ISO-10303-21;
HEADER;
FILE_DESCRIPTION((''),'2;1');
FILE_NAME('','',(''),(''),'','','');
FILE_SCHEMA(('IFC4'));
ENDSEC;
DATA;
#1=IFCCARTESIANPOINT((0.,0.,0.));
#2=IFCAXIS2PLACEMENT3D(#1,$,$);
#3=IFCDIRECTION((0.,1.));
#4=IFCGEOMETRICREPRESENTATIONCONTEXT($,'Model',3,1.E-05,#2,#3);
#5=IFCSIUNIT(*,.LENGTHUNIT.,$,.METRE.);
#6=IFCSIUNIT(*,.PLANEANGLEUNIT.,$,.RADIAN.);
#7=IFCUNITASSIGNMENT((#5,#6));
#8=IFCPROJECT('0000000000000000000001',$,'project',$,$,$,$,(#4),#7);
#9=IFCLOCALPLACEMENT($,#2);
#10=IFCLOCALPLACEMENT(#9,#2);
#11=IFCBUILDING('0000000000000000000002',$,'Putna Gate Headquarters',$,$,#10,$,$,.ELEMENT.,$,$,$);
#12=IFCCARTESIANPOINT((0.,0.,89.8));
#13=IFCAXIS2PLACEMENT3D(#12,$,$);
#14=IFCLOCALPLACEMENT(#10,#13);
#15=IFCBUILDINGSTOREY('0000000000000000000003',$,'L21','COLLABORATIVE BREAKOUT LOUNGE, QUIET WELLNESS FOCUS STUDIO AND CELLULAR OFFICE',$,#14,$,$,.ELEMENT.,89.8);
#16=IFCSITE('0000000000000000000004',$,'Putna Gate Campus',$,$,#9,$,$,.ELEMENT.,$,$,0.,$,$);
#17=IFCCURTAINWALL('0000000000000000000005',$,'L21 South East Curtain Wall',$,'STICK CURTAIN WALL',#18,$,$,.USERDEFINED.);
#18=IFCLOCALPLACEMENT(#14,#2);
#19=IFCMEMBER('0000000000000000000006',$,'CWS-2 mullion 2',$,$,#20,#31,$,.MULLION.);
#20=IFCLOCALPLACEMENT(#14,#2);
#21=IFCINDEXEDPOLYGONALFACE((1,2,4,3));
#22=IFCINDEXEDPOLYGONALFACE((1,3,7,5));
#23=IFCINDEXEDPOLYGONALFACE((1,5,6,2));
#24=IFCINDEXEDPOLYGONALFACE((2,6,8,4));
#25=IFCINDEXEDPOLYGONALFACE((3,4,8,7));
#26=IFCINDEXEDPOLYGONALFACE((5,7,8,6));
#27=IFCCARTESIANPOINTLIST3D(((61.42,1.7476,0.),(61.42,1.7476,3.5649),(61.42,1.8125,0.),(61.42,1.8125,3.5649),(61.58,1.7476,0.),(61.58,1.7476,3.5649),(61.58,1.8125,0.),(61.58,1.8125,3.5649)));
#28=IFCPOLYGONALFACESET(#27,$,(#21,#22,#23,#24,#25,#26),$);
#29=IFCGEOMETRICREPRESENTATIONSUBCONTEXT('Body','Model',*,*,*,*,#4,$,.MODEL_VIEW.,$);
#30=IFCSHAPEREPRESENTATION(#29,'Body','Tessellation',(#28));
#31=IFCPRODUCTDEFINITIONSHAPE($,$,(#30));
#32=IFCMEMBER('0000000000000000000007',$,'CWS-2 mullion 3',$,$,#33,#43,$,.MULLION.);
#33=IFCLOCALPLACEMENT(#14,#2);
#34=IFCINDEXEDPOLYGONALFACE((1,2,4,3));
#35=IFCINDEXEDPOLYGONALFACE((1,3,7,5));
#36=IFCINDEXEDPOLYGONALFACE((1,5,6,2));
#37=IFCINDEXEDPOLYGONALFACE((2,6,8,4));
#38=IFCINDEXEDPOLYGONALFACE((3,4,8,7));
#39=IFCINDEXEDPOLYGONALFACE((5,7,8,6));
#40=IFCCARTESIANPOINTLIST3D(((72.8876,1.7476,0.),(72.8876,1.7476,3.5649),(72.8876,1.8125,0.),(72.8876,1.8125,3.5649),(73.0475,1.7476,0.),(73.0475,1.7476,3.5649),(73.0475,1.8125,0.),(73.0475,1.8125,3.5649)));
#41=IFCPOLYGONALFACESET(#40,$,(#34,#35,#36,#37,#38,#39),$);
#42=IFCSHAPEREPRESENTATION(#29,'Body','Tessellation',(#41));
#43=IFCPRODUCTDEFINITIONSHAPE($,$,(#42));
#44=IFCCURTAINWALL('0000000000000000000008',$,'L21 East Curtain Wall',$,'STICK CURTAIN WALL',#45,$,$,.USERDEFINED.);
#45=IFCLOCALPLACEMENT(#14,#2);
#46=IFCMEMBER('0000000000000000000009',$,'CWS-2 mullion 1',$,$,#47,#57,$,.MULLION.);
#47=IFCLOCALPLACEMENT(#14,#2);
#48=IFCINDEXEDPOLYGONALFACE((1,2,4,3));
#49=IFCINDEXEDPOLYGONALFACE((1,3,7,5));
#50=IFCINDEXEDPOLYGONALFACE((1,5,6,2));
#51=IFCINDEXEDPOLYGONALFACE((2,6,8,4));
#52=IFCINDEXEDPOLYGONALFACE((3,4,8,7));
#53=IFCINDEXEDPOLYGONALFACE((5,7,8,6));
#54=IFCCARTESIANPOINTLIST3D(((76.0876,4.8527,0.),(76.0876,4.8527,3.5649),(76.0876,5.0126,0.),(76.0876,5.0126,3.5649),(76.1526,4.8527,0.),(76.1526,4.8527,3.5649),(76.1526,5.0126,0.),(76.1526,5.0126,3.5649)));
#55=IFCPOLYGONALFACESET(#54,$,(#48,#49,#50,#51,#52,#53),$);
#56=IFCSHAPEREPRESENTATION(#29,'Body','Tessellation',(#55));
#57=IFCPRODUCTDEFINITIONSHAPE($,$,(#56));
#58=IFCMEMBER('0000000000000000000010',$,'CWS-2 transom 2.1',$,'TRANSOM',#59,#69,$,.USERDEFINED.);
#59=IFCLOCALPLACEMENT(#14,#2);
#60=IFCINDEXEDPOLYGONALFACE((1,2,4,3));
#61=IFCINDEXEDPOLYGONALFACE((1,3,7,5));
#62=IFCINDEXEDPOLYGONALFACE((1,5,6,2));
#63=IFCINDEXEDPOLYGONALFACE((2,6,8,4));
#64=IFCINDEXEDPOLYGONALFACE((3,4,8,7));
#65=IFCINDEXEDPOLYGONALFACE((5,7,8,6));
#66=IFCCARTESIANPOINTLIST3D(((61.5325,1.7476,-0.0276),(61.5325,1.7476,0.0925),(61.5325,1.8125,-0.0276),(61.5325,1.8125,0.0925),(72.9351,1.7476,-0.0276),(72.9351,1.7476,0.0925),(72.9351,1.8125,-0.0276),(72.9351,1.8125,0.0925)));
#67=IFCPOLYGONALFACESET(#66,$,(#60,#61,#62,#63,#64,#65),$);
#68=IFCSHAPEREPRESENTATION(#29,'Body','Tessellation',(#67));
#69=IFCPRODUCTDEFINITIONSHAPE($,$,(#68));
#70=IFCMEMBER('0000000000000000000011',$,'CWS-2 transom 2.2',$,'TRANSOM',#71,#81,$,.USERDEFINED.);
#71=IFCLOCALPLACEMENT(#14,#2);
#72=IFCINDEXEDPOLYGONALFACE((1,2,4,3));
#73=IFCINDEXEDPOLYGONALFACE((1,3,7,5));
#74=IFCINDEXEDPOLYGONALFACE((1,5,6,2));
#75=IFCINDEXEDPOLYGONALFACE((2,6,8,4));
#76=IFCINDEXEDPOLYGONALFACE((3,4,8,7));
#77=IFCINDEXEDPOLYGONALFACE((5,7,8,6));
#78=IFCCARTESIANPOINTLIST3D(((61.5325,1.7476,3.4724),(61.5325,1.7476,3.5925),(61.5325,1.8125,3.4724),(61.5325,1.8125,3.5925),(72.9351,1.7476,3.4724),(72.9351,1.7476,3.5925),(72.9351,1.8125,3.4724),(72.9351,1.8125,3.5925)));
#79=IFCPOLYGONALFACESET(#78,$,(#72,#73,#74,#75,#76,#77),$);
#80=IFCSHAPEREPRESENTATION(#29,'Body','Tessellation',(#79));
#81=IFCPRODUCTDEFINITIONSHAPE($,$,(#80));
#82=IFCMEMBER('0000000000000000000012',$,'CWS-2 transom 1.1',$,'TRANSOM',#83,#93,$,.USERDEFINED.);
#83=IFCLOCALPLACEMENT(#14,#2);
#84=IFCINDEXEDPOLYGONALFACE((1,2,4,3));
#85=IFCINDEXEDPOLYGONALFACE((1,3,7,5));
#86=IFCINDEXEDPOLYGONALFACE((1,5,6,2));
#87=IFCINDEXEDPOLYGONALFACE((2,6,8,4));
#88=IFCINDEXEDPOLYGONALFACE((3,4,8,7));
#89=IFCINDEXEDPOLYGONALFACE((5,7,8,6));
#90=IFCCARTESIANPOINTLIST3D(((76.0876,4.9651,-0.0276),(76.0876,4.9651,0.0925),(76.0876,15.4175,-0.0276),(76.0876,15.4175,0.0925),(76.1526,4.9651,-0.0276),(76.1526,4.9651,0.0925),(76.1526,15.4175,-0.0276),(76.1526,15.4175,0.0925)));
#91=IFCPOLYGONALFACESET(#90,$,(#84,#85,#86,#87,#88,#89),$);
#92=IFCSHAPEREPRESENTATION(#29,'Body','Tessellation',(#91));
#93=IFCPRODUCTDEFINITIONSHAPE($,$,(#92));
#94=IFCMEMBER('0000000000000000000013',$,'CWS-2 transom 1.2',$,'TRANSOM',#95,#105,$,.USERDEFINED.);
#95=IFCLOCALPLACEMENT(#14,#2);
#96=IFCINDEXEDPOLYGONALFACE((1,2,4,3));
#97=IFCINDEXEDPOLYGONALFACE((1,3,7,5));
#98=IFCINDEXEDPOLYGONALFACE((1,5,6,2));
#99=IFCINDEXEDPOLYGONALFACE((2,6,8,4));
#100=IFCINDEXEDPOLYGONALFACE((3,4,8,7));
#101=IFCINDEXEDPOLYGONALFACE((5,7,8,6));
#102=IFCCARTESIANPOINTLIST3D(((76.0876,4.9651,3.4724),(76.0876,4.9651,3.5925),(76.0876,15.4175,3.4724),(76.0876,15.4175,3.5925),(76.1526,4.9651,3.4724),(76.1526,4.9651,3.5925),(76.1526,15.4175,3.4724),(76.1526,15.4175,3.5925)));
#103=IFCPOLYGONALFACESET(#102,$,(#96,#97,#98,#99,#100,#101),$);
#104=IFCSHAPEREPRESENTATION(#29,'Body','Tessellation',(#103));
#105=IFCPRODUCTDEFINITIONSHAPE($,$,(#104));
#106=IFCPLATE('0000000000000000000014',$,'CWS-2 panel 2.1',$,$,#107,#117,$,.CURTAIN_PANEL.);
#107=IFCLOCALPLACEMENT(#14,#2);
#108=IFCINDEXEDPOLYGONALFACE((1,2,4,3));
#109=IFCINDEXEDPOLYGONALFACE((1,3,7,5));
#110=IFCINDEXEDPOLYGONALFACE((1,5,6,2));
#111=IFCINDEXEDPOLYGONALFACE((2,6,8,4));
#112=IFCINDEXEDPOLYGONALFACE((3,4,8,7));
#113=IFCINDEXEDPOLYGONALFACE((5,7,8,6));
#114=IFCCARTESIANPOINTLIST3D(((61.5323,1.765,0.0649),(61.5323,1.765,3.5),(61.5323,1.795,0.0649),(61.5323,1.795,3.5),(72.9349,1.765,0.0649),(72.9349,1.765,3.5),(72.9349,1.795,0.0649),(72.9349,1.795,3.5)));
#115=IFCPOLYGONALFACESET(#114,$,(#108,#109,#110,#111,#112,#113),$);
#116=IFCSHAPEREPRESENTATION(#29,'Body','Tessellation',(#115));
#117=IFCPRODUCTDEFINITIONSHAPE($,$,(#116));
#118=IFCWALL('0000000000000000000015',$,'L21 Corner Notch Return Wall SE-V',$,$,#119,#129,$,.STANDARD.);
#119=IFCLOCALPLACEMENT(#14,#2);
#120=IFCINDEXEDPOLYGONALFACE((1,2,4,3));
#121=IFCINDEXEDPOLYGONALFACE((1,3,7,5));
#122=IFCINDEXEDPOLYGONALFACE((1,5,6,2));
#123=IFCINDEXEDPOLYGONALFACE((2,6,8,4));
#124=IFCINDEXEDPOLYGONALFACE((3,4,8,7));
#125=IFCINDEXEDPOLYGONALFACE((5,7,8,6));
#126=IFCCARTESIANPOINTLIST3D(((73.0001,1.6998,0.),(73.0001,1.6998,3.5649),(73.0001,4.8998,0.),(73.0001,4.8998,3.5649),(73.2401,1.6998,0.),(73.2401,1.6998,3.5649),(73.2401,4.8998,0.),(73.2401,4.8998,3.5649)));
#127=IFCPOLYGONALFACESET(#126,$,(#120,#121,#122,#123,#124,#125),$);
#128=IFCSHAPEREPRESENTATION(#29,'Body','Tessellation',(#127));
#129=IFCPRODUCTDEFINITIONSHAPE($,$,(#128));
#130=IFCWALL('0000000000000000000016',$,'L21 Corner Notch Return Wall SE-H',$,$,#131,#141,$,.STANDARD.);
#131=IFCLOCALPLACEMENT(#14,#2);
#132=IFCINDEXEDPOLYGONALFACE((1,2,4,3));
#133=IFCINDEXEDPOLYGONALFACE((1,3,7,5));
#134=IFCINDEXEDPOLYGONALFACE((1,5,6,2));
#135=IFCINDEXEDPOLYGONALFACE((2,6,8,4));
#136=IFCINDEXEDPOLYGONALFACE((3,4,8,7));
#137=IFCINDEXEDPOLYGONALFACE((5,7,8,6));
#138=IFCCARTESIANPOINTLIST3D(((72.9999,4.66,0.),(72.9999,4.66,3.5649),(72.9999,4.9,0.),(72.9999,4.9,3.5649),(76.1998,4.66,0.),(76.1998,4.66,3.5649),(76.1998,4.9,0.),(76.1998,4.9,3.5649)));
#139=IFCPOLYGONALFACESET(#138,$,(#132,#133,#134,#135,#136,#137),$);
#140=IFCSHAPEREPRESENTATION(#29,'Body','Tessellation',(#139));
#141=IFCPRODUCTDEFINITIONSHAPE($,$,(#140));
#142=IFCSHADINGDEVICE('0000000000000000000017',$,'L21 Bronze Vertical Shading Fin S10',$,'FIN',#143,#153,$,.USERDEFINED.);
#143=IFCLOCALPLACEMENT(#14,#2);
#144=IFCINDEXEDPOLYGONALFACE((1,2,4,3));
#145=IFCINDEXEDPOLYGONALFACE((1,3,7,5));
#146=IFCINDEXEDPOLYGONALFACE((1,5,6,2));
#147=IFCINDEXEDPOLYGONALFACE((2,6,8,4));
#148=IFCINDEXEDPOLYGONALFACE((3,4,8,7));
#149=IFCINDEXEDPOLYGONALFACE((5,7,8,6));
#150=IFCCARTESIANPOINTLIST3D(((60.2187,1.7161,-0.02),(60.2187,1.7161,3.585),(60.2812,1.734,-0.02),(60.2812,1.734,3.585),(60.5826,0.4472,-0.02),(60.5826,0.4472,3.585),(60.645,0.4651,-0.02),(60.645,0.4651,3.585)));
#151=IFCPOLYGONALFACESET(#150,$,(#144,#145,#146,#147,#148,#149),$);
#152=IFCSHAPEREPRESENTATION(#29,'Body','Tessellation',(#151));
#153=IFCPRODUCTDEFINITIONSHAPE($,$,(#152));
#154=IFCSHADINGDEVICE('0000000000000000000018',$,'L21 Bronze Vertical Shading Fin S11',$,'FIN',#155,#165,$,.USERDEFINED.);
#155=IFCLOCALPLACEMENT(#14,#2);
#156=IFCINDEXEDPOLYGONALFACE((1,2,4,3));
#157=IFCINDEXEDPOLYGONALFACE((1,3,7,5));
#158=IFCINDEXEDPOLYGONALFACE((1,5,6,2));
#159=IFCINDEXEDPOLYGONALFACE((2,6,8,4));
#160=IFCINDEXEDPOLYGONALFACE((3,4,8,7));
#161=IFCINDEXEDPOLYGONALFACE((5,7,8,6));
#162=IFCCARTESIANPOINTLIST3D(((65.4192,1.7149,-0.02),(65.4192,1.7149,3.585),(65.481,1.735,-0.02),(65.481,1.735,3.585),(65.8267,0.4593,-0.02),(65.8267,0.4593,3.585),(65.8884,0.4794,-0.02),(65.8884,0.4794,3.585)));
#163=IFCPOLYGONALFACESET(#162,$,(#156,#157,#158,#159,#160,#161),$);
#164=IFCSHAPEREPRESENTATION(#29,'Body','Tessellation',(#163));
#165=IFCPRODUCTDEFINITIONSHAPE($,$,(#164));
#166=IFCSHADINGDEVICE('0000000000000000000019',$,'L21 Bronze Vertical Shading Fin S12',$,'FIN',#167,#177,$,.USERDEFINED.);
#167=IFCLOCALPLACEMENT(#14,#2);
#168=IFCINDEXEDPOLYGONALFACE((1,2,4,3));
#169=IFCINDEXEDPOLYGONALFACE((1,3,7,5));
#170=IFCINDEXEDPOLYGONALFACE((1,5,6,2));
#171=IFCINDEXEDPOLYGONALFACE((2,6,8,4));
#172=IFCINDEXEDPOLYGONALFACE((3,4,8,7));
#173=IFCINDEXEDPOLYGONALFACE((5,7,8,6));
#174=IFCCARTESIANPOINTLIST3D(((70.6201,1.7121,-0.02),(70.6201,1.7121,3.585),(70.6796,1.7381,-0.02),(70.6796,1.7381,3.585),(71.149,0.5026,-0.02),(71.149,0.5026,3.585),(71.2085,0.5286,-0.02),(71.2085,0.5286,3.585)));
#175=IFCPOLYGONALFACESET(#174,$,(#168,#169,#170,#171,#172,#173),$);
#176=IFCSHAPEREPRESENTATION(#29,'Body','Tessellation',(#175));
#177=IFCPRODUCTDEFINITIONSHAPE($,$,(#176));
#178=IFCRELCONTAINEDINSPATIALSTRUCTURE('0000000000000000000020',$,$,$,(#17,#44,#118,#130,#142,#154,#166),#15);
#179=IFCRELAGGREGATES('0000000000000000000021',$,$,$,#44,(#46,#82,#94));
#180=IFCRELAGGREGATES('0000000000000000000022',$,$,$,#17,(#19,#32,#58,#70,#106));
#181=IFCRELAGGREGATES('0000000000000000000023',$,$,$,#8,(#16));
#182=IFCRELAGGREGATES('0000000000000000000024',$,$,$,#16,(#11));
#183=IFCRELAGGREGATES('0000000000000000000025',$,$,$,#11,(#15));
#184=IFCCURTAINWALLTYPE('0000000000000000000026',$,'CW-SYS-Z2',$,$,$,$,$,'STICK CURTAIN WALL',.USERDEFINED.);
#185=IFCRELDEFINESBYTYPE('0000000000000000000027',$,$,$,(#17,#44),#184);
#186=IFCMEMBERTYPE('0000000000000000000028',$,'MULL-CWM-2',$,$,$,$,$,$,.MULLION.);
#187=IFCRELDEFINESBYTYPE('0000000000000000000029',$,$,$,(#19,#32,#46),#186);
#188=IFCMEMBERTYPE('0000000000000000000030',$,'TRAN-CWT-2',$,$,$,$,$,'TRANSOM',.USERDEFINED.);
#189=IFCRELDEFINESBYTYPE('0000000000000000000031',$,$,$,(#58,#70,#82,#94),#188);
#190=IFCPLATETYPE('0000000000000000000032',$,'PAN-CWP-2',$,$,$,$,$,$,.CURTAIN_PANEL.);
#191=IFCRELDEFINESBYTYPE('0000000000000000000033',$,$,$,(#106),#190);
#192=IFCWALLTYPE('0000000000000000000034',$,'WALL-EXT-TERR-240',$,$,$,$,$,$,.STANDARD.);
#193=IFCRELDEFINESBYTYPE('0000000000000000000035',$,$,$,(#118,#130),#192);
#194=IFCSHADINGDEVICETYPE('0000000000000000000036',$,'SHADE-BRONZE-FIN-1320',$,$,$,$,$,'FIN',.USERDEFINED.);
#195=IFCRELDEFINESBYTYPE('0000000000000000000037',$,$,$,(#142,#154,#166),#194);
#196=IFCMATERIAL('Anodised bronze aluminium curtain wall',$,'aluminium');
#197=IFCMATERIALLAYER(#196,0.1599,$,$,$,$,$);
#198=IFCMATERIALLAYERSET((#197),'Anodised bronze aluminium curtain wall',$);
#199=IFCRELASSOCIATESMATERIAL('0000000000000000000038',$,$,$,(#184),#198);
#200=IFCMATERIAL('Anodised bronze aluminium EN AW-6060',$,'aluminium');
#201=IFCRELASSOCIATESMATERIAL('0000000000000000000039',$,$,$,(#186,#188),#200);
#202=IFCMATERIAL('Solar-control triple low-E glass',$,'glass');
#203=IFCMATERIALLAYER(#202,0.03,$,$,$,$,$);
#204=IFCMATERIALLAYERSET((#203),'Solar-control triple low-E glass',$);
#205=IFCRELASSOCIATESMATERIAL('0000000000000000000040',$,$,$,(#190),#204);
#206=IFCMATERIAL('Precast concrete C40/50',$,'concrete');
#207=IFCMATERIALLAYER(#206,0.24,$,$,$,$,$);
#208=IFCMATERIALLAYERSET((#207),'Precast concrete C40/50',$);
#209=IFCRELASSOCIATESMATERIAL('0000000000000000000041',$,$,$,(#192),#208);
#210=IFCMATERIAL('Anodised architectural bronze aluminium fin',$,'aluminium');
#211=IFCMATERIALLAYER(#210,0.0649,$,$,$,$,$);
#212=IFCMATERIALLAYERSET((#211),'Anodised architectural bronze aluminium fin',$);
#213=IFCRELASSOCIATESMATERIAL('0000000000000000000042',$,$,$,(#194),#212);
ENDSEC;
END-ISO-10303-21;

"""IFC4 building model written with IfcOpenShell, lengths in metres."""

from ifc_helpers import new_model, si_unit, direction, frame, frame_2d, origin, origin_2d, place, context, subcontext, project, spatial, rectangle, extrude, material, layer, layer_set, material_profile, profile_set, type_object, element, aggregate, save


model = new_model("IFC4")

# Units and contexts
model_context = context("Model", 3, precision=1e-05, world=origin(), true_north=direction((0.0, 1.0)))
body_context = subcontext(model_context, "Body", "Model", "MODEL_VIEW")
ifc_project = project(units=[si_unit("LENGTHUNIT", "METRE"), si_unit("PLANEANGLEUNIT", "RADIAN")], contexts=[model_context])

# Site, building, storey
site_placement = place(None, origin())
site = spatial("IfcSite", under=ifc_project, at=site_placement, Name="Putna Gate Campus", CompositionType="ELEMENT", RefElevation=0.0)
building_placement = place(site_placement, origin())
building = spatial("IfcBuilding", under=site, at=building_placement, Name="Putna Gate Headquarters", CompositionType="ELEMENT")
storey_placement = place(building_placement, frame((0.0, 0.0, 89.8)))
storey = spatial("IfcBuildingStorey", under=building, at=storey_placement, Name="L21", Description="COLLABORATIVE BREAKOUT LOUNGE, QUIET WELLNESS FOCUS STUDIO AND CELLULAR OFFICE", CompositionType="ELEMENT", Elevation=89.8)

# Curtain wall, members
ifc_material_1 = material(Name="Anodised bronze aluminium curtain wall", Category="aluminium")
ifc_layer_1 = layer(ifc_material_1, 0.1599)
ifc_layer_set_1 = layer_set([ifc_layer_1], Name="Anodised bronze aluminium curtain wall")
curtain_wall_type = type_object("IfcCurtainWallType", Name="CW-SYS-Z2", ElementType="STICK CURTAIN WALL", PredefinedType="USERDEFINED", material=ifc_layer_set_1)
curtain_wall_1_placement = place(storey_placement, origin())
curtain_wall_1 = element("IfcCurtainWall", 1, at=curtain_wall_1_placement, inside=storey, type_object=curtain_wall_type, Name="L21 South East Curtain Wall", ObjectType="STICK CURTAIN WALL", PredefinedType="USERDEFINED")
ifc_material_2 = material(Name="Anodised bronze aluminium EN AW-6060", Category="aluminium")
ifc_material_profile_1 = material_profile(ifc_material_2, rectangle(XDim=0.0649, YDim=0.1599, at=origin_2d()), Name="Anodised bronze aluminium EN AW-6060")
ifc_profile_set_1 = profile_set([ifc_material_profile_1], Name="Anodised bronze aluminium EN AW-6060")
member_type_1 = type_object("IfcMemberType", Name="MULL-CWM-2", PredefinedType="MULLION", material=ifc_profile_set_1)
member_1_placement = place(storey_placement, frame((61.5, 1.78, 0.0), z_axis=(0.0, 0.0, 1.0), x_axis=(0.0, 1.0, 0.0)))
member_1 = element("IfcMember", 2, at=member_1_placement, type_object=member_type_1, Name="CWS-2 mullion 2", PredefinedType="MULLION", context=body_context, shape_type="SweptSolid", body=[
    extrude(rectangle(XDim=0.0649, YDim=0.1599, at=origin_2d()), origin(), (0.0, 0.0, 1.0), 3.5649),
])
member_2_placement = place(storey_placement, frame((72.9675, 1.78, 0.0), z_axis=(0.0, 0.0, 1.0), x_axis=(0.0, 1.0, 0.0)))
member_2 = element("IfcMember", 3, at=member_2_placement, type_object=member_type_1, Name="CWS-2 mullion 3", PredefinedType="MULLION", context=body_context, shape_type="SweptSolid", body=[
    extrude(rectangle(XDim=0.0649, YDim=0.1599, at=origin_2d()), origin(), (0.0, 0.0, 1.0), 3.5649),
])

# Curtain wall, member
curtain_wall_2_placement = place(storey_placement, origin())
curtain_wall_2 = element("IfcCurtainWall", 4, at=curtain_wall_2_placement, inside=storey, type_object=curtain_wall_type, Name="L21 East Curtain Wall", ObjectType="STICK CURTAIN WALL", PredefinedType="USERDEFINED")
member_3_placement = place(storey_placement, frame((76.1201, 4.9326, 0.0), z_axis=(0.0, 0.0, 1.0), x_axis=(-1.0, 0.0, 0.0)))
member_3 = element("IfcMember", 5, at=member_3_placement, type_object=member_type_1, Name="CWS-2 mullion 1", PredefinedType="MULLION", context=body_context, shape_type="SweptSolid", body=[
    extrude(rectangle(XDim=0.0649, YDim=0.1599, at=origin_2d()), origin(), (0.0, 0.0, 1.0), 3.5649),
])

# Members
ifc_material_profile_2 = material_profile(ifc_material_2, rectangle(XDim=0.0649, YDim=0.1201, at=origin_2d()), Name="Anodised bronze aluminium EN AW-6060")
ifc_profile_set_2 = profile_set([ifc_material_profile_2], Name="Anodised bronze aluminium EN AW-6060")
member_type_2 = type_object("IfcMemberType", Name="TRAN-CWT-2", ElementType="TRANSOM", PredefinedType="USERDEFINED", material=ifc_profile_set_2)
member_4_placement = place(storey_placement, frame((61.5325, 1.78, 0.0325), z_axis=(1.0, 0.0, 0.0), x_axis=(0.0, 1.0, 0.0)))
member_4 = element("IfcMember", 6, at=member_4_placement, type_object=member_type_2, Name="CWS-2 transom 2.1", ObjectType="TRANSOM", PredefinedType="USERDEFINED", context=body_context, shape_type="SweptSolid", body=[
    extrude(rectangle(XDim=0.0649, YDim=0.1201, at=origin_2d()), origin(), (0.0, 0.0, 1.0), 11.4026),
])
member_5_placement = place(storey_placement, frame((61.5325, 1.78, 3.5325), z_axis=(1.0, 0.0, 0.0), x_axis=(0.0, 1.0, 0.0)))
member_5 = element("IfcMember", 7, at=member_5_placement, type_object=member_type_2, Name="CWS-2 transom 2.2", ObjectType="TRANSOM", PredefinedType="USERDEFINED", context=body_context, shape_type="SweptSolid", body=[
    extrude(rectangle(XDim=0.0649, YDim=0.1201, at=origin_2d()), origin(), (0.0, 0.0, 1.0), 11.4026),
])
member_6_placement = place(storey_placement, frame((76.1201, 4.9651, 0.0325), z_axis=(0.0, 1.0, 0.0), x_axis=(-1.0, 0.0, 0.0)))
member_6 = element("IfcMember", 8, at=member_6_placement, type_object=member_type_2, Name="CWS-2 transom 1.1", ObjectType="TRANSOM", PredefinedType="USERDEFINED", context=body_context, shape_type="SweptSolid", body=[
    extrude(rectangle(XDim=0.0649, YDim=0.1201, at=origin_2d()), origin(), (0.0, 0.0, 1.0), 10.4524),
])
member_7_placement = place(storey_placement, frame((76.1201, 4.9651, 3.5325), z_axis=(0.0, 1.0, 0.0), x_axis=(-1.0, 0.0, 0.0)))
member_7 = element("IfcMember", 9, at=member_7_placement, type_object=member_type_2, Name="CWS-2 transom 1.2", ObjectType="TRANSOM", PredefinedType="USERDEFINED", context=body_context, shape_type="SweptSolid", body=[
    extrude(rectangle(XDim=0.0649, YDim=0.1201, at=origin_2d()), origin(), (0.0, 0.0, 1.0), 10.4524),
])
aggregate(curtain_wall_2, [member_3, member_6, member_7])

# Plate
ifc_material_3 = material(Name="Solar-control triple low-E glass", Category="glass")
ifc_layer_2 = layer(ifc_material_3, 0.03)
ifc_layer_set_2 = layer_set([ifc_layer_2], Name="Solar-control triple low-E glass")
plate_type = type_object("IfcPlateType", Name="PAN-CWP-2", PredefinedType="CURTAIN_PANEL", material=ifc_layer_set_2)
plate_placement = place(storey_placement, frame((67.2336, 1.78, 0.0649), z_axis=(0.0, 0.0, 1.0), x_axis=(1.0, 0.0, 0.0)))
plate = element("IfcPlate", 10, at=plate_placement, type_object=plate_type, Name="CWS-2 panel 2.1", PredefinedType="CURTAIN_PANEL", context=body_context, shape_type="SweptSolid", body=[
    extrude(rectangle(XDim=11.4026, YDim=0.03, at=origin_2d()), origin(), (0.0, 0.0, 1.0), 3.4351),
])
aggregate(curtain_wall_1, [member_1, member_2, member_4, member_5, plate])

# Walls
ifc_material_4 = material(Name="Precast concrete C40/50", Category="concrete")
ifc_layer_3 = layer(ifc_material_4, 0.24)
ifc_layer_set_3 = layer_set([ifc_layer_3], Name="Precast concrete C40/50")
wall_type = type_object("IfcWallType", Name="WALL-EXT-TERR-240", PredefinedType="STANDARD", material=ifc_layer_set_3)
for number, where, z_axis, x_axis, name in (
    (11, (73.1201, 4.8999, 0.0), (0.0, 0.0, 1.0), (0.0, -1.0, 0.0), "L21 Corner Notch Return Wall SE-V"),
    (12, (76.2, 4.78, 0.0), (0.0, 0.0, 1.0), (-1.0, 0.0, 0.0), "L21 Corner Notch Return Wall SE-H"),
):
    element("IfcWall", number, at=place(storey_placement, frame(where, z_axis=z_axis, x_axis=x_axis)), inside=storey, type_object=wall_type, Name=name, PredefinedType="STANDARD", context=body_context, shape_type="SweptSolid", body=[
        extrude(rectangle(XDim=3.2, YDim=0.24, at=frame_2d((1.6001, 0.0))), origin(), (0.0, 0.0, 1.0), 3.5649),
    ])

# Shading devices
ifc_material_5 = material(Name="Anodised architectural bronze aluminium fin", Category="aluminium")
ifc_layer_4 = layer(ifc_material_5, 0.0649)
ifc_layer_set_4 = layer_set([ifc_layer_4], Name="Anodised architectural bronze aluminium fin")
shading_device_type = type_object("IfcShadingDeviceType", Name="SHADE-BRONZE-FIN-1320", ElementType="FIN", PredefinedType="USERDEFINED", material=ifc_layer_set_4)
for number, where, z_axis, x_axis, name in (
    (13, (60.4319, 1.0906, -0.02), (0.0, 0.0, 1.0), (0.275637, -0.961262, 0.0), "L21 Bronze Vertical Shading Fin S10"),
    (14, (65.6538, 1.0972, -0.02), (0.0, 0.0, 1.0), (0.308685, -0.951164, 0.0), "L21 Bronze Vertical Shading Fin S11"),
    (15, (70.9143, 1.1204, -0.02), (0.0, 0.0, 1.0), (0.400669, -0.916223, 0.0), "L21 Bronze Vertical Shading Fin S12"),
):
    element("IfcShadingDevice", number, at=place(storey_placement, frame(where, z_axis=z_axis, x_axis=x_axis)), inside=storey, type_object=shading_device_type, Name=name, ObjectType="FIN", PredefinedType="USERDEFINED", context=body_context, shape_type="SweptSolid", body=[
        extrude(rectangle(XDim=1.3201, YDim=0.0649, at=origin_2d()), origin(), (0.0, 0.0, 1.0), 3.605),
    ])

save(model, "model.ifc")
